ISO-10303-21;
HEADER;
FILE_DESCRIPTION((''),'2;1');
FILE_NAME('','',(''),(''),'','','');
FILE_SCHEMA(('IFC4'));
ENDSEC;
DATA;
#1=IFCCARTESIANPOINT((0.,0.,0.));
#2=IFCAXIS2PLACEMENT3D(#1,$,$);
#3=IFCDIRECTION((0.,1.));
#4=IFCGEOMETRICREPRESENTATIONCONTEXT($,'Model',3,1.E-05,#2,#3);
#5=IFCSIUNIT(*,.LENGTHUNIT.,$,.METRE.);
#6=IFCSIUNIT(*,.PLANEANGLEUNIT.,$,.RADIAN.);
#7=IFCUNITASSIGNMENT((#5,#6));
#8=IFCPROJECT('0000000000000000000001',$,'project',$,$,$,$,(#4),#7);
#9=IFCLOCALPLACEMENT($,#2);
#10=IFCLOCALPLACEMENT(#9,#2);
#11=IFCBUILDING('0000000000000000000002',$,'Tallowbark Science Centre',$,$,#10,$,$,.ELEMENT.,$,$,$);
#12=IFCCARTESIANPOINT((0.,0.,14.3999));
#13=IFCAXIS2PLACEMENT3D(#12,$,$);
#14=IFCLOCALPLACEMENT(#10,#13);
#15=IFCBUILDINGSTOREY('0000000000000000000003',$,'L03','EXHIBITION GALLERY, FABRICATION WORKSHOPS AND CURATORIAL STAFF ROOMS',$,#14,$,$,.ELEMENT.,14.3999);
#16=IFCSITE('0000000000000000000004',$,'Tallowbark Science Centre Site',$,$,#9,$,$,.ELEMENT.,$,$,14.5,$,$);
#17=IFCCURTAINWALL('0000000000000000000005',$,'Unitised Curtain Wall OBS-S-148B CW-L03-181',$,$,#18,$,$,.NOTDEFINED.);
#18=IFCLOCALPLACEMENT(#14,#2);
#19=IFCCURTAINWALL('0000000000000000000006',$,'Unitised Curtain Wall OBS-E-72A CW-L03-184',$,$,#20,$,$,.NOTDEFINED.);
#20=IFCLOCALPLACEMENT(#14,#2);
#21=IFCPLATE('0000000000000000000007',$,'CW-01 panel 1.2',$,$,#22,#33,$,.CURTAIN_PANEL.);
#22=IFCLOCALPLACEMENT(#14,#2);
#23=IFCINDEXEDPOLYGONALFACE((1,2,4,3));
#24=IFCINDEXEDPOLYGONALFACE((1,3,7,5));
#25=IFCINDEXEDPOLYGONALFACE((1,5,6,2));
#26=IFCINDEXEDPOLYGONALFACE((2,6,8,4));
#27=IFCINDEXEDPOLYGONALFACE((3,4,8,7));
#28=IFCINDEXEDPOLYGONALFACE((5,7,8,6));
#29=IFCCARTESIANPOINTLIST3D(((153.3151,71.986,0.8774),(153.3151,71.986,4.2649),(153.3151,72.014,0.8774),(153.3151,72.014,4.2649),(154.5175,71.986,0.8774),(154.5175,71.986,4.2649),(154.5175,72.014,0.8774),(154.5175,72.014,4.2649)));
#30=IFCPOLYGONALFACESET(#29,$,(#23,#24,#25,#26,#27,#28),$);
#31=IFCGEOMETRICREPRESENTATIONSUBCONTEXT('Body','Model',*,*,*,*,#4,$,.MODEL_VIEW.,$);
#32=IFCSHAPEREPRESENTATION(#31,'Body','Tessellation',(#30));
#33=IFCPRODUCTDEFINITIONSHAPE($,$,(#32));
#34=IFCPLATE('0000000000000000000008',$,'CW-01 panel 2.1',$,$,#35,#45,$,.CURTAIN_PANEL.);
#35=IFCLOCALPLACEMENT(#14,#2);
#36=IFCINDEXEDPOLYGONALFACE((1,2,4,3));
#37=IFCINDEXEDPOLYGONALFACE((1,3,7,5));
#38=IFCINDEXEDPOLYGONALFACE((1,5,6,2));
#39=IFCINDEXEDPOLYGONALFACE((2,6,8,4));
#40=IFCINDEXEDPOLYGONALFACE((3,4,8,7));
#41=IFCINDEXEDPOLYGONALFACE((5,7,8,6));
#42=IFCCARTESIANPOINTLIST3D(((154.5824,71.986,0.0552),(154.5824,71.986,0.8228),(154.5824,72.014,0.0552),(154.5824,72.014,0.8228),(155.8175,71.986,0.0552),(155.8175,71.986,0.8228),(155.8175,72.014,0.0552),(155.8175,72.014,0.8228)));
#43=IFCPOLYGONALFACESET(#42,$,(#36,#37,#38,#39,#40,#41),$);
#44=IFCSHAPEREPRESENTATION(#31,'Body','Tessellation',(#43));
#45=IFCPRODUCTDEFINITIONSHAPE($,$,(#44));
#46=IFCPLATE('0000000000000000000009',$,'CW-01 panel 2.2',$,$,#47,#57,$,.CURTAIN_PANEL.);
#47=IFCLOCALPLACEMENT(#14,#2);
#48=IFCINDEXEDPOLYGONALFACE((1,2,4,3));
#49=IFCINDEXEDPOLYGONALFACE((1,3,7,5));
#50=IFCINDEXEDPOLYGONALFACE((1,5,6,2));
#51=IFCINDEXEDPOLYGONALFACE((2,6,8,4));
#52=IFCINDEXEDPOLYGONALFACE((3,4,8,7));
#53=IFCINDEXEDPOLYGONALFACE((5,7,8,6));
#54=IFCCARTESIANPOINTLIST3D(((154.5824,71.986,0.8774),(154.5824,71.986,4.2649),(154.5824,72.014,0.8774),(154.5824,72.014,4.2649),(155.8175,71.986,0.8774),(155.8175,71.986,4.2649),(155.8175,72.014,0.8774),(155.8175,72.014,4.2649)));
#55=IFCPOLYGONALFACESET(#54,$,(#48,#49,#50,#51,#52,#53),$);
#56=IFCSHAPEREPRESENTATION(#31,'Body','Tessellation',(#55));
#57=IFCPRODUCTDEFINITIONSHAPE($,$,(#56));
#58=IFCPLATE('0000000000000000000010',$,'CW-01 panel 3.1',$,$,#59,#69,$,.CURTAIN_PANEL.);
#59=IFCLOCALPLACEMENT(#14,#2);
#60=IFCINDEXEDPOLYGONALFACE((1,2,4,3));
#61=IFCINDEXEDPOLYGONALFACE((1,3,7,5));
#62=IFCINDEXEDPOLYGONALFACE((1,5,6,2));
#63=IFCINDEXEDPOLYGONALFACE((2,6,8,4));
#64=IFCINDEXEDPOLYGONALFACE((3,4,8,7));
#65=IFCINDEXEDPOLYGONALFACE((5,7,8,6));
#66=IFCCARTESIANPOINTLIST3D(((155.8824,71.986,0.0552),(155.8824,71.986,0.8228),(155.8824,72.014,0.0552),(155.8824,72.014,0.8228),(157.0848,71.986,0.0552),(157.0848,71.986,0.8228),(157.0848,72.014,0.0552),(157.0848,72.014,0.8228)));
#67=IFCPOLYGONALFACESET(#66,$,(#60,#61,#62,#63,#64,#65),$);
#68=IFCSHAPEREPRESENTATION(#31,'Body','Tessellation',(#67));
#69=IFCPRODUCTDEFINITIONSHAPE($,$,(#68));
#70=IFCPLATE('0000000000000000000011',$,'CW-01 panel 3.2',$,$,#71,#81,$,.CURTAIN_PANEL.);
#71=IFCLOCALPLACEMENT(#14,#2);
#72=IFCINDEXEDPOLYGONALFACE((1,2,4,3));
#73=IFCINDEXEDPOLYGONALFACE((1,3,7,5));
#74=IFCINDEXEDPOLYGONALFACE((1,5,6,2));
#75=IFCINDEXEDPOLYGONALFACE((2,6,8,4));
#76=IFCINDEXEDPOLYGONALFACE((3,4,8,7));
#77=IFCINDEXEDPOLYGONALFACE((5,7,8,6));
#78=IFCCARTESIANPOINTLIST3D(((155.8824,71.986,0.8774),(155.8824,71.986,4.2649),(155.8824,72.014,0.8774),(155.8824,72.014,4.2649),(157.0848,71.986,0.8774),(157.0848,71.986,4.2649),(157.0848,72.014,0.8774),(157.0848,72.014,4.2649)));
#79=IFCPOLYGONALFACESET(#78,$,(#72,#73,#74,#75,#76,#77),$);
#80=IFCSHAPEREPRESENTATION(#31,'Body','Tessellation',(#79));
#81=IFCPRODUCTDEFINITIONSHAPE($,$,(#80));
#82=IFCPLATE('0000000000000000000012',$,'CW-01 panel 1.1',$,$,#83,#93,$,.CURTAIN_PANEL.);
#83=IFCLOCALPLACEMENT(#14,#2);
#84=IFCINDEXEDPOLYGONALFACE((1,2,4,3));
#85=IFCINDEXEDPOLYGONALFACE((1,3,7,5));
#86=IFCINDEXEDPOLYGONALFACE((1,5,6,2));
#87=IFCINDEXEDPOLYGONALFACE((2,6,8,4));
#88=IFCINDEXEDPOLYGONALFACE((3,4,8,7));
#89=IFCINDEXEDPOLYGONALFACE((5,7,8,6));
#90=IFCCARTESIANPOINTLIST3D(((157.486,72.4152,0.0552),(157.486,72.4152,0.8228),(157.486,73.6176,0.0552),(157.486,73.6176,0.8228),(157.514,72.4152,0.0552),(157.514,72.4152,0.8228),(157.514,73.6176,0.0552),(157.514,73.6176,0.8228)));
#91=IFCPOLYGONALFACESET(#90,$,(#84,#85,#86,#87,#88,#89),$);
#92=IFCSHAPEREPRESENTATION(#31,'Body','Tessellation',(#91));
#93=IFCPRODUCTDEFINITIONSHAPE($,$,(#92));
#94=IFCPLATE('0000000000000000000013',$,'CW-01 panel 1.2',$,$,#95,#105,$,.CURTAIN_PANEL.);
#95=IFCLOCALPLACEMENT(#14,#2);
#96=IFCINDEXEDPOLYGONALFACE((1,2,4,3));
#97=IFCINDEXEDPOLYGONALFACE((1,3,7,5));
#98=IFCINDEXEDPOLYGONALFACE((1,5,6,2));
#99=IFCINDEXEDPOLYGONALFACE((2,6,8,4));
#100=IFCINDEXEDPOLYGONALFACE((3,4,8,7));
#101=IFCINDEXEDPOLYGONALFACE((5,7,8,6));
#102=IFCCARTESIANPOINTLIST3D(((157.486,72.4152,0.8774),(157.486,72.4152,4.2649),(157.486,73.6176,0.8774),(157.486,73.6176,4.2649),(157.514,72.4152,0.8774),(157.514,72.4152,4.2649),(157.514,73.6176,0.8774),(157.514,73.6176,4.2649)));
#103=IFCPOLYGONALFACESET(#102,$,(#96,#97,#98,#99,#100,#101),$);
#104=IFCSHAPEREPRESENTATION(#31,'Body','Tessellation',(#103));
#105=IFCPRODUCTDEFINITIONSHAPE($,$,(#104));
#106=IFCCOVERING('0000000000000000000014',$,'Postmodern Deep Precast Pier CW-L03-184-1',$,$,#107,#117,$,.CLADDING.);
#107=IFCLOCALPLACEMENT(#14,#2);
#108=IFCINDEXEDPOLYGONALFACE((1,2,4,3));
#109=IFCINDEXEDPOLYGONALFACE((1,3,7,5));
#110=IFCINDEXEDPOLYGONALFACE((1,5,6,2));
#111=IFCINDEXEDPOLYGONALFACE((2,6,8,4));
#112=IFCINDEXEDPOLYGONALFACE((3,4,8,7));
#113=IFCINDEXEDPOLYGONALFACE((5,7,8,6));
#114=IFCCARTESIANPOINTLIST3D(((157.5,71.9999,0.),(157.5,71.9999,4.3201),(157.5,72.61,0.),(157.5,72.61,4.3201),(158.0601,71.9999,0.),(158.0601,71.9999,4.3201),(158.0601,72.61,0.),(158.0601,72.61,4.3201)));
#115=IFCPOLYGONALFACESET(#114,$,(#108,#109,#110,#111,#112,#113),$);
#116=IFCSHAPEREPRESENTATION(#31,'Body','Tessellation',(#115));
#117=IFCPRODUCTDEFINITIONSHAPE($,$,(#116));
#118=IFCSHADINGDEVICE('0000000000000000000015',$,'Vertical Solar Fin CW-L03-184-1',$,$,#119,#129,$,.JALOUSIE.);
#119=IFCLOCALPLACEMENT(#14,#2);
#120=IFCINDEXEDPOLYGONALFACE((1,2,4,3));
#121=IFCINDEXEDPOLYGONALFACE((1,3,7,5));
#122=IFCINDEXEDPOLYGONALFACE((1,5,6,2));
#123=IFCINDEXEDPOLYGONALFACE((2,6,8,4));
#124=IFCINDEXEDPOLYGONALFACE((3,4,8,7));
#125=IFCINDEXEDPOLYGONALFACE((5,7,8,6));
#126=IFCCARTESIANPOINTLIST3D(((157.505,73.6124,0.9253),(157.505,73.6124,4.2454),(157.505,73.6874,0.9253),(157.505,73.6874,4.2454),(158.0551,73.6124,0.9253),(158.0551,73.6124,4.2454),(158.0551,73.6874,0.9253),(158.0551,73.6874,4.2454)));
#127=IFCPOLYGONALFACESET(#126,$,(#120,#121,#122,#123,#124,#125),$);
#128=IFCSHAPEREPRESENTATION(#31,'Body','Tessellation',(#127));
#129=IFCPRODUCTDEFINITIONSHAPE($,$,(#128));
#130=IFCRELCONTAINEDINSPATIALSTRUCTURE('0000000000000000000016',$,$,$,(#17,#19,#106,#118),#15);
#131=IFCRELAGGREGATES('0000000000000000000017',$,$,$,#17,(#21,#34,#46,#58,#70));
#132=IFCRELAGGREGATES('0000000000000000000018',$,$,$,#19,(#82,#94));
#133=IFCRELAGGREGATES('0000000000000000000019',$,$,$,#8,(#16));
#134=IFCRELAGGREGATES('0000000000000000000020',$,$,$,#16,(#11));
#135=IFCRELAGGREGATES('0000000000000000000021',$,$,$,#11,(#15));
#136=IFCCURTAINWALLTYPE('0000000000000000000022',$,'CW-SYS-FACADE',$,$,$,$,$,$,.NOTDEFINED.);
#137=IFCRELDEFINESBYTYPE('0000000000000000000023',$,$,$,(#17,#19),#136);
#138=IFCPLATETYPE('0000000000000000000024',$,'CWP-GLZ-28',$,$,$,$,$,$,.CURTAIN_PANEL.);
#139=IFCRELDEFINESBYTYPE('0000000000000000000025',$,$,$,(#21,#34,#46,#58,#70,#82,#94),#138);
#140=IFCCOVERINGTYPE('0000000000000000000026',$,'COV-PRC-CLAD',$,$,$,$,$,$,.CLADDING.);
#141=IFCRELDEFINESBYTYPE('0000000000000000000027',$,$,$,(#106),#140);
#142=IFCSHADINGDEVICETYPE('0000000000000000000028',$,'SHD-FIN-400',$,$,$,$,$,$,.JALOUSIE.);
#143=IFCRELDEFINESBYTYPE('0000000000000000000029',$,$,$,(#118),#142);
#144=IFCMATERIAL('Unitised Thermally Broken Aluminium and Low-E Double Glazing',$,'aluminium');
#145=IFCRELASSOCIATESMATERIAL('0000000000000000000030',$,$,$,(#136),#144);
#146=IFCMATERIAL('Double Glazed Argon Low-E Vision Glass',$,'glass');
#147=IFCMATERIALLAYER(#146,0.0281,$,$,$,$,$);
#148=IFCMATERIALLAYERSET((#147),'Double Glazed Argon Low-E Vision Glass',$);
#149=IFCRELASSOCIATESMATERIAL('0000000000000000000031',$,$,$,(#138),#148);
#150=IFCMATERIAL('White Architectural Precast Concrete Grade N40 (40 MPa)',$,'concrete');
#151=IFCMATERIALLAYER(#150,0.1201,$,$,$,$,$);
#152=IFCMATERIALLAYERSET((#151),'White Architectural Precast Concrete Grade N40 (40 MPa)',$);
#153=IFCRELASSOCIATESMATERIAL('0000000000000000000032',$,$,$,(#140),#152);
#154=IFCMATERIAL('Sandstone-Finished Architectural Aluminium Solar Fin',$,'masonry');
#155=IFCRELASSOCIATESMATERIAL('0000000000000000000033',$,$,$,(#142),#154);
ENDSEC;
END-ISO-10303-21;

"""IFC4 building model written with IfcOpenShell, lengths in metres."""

from ifc_helpers import new_model, si_unit, direction, frame, origin, origin_2d, place, context, subcontext, project, spatial, rectangle, extrude, material, layer, layer_set, type_object, element, aggregate, save


model = new_model("IFC4")

# Units and contexts
model_context = context("Model", 3, precision=1e-05, world=origin(), true_north=direction((0.0, 1.0)))
body_context = subcontext(model_context, "Body", "Model", "MODEL_VIEW")
ifc_project = project(units=[si_unit("LENGTHUNIT", "METRE"), si_unit("PLANEANGLEUNIT", "RADIAN")], contexts=[model_context])

# Site, building, storey
site_placement = place(None, origin())
site = spatial("IfcSite", under=ifc_project, at=site_placement, Name="Tallowbark Science Centre Site", CompositionType="ELEMENT", RefElevation=14.5)
building_placement = place(site_placement, origin())
building = spatial("IfcBuilding", under=site, at=building_placement, Name="Tallowbark Science Centre", CompositionType="ELEMENT")
storey_placement = place(building_placement, frame((0.0, 0.0, 14.3999)))
storey = spatial("IfcBuildingStorey", under=building, at=storey_placement, Name="L03", Description="EXHIBITION GALLERY, FABRICATION WORKSHOPS AND CURATORIAL STAFF ROOMS", CompositionType="ELEMENT", Elevation=14.3999)

# Curtain walls
ifc_material_1 = material(Name="Unitised Thermally Broken Aluminium and Low-E Double Glazing", Category="aluminium")
curtain_wall_type = type_object("IfcCurtainWallType", Name="CW-SYS-FACADE", PredefinedType="NOTDEFINED", material=ifc_material_1)
curtain_wall_1_placement = place(storey_placement, origin())
curtain_wall_1 = element("IfcCurtainWall", 1, at=curtain_wall_1_placement, inside=storey, type_object=curtain_wall_type, Name="Unitised Curtain Wall OBS-S-148B CW-L03-181", PredefinedType="NOTDEFINED")
curtain_wall_2_placement = place(storey_placement, origin())
curtain_wall_2 = element("IfcCurtainWall", 2, at=curtain_wall_2_placement, inside=storey, type_object=curtain_wall_type, Name="Unitised Curtain Wall OBS-E-72A CW-L03-184", PredefinedType="NOTDEFINED")

# Plates
ifc_material_2 = material(Name="Double Glazed Argon Low-E Vision Glass", Category="glass")
ifc_layer_1 = layer(ifc_material_2, 0.0281)
ifc_layer_set_1 = layer_set([ifc_layer_1], Name="Double Glazed Argon Low-E Vision Glass")
plate_type = type_object("IfcPlateType", Name="CWP-GLZ-28", PredefinedType="CURTAIN_PANEL", material=ifc_layer_set_1)
plate_1_placement = place(storey_placement, frame((153.9163, 72.0, 0.8774), z_axis=(0.0, 0.0, 1.0), x_axis=(1.0, 0.0, 0.0)))
plate_1 = element("IfcPlate", 3, at=plate_1_placement, type_object=plate_type, Name="CW-01 panel 1.2", PredefinedType="CURTAIN_PANEL", context=body_context, shape_type="SweptSolid", body=[
    extrude(rectangle(XDim=1.2024, YDim=0.0281, at=origin_2d()), origin(), (0.0, 0.0, 1.0), 3.3875),
])
plate_2_placement = place(storey_placement, frame((155.2, 72.0, 0.0552), z_axis=(0.0, 0.0, 1.0), x_axis=(1.0, 0.0, 0.0)))
plate_2 = element("IfcPlate", 4, at=plate_2_placement, type_object=plate_type, Name="CW-01 panel 2.1", PredefinedType="CURTAIN_PANEL", context=body_context, shape_type="SweptSolid", body=[
    extrude(rectangle(XDim=1.2351, YDim=0.0281, at=origin_2d()), origin(), (0.0, 0.0, 1.0), 0.7676),
])
plate_3_placement = place(storey_placement, frame((155.2, 72.0, 0.8774), z_axis=(0.0, 0.0, 1.0), x_axis=(1.0, 0.0, 0.0)))
plate_3 = element("IfcPlate", 5, at=plate_3_placement, type_object=plate_type, Name="CW-01 panel 2.2", PredefinedType="CURTAIN_PANEL", context=body_context, shape_type="SweptSolid", body=[
    extrude(rectangle(XDim=1.2351, YDim=0.0281, at=origin_2d()), origin(), (0.0, 0.0, 1.0), 3.3875),
])
plate_4_placement = place(storey_placement, frame((156.4836, 72.0, 0.0552), z_axis=(0.0, 0.0, 1.0), x_axis=(1.0, 0.0, 0.0)))
plate_4 = element("IfcPlate", 6, at=plate_4_placement, type_object=plate_type, Name="CW-01 panel 3.1", PredefinedType="CURTAIN_PANEL", context=body_context, shape_type="SweptSolid", body=[
    extrude(rectangle(XDim=1.2024, YDim=0.0281, at=origin_2d()), origin(), (0.0, 0.0, 1.0), 0.7676),
])
plate_5_placement = place(storey_placement, frame((156.4836, 72.0, 0.8774), z_axis=(0.0, 0.0, 1.0), x_axis=(1.0, 0.0, 0.0)))
plate_5 = element("IfcPlate", 7, at=plate_5_placement, type_object=plate_type, Name="CW-01 panel 3.2", PredefinedType="CURTAIN_PANEL", context=body_context, shape_type="SweptSolid", body=[
    extrude(rectangle(XDim=1.2024, YDim=0.0281, at=origin_2d()), origin(), (0.0, 0.0, 1.0), 3.3875),
])
aggregate(curtain_wall_1, [plate_1, plate_2, plate_3, plate_4, plate_5])
plate_6_placement = place(storey_placement, frame((157.5, 73.0164, 0.0552), z_axis=(0.0, 0.0, 1.0), x_axis=(0.0, 1.0, 0.0)))
plate_6 = element("IfcPlate", 8, at=plate_6_placement, type_object=plate_type, Name="CW-01 panel 1.1", PredefinedType="CURTAIN_PANEL", context=body_context, shape_type="SweptSolid", body=[
    extrude(rectangle(XDim=1.2024, YDim=0.0281, at=origin_2d()), origin(), (0.0, 0.0, 1.0), 0.7676),
])
plate_7_placement = place(storey_placement, frame((157.5, 73.0164, 0.8774), z_axis=(0.0, 0.0, 1.0), x_axis=(0.0, 1.0, 0.0)))
plate_7 = element("IfcPlate", 9, at=plate_7_placement, type_object=plate_type, Name="CW-01 panel 1.2", PredefinedType="CURTAIN_PANEL", context=body_context, shape_type="SweptSolid", body=[
    extrude(rectangle(XDim=1.2024, YDim=0.0281, at=origin_2d()), origin(), (0.0, 0.0, 1.0), 3.3875),
])
aggregate(curtain_wall_2, [plate_6, plate_7])

# Covering
ifc_material_3 = material(Name="White Architectural Precast Concrete Grade N40 (40 MPa)", Category="concrete")
ifc_layer_2 = layer(ifc_material_3, 0.1201)
ifc_layer_set_2 = layer_set([ifc_layer_2], Name="White Architectural Precast Concrete Grade N40 (40 MPa)")
covering_type = type_object("IfcCoveringType", Name="COV-PRC-CLAD", PredefinedType="CLADDING", material=ifc_layer_set_2)
covering_placement = place(storey_placement, frame((157.78, 72.3049, 0.0), z_axis=(0.0, 0.0, 1.0), x_axis=(0.0, 1.0, 0.0)))
element("IfcCovering", 10, at=covering_placement, inside=storey, type_object=covering_type, Name="Postmodern Deep Precast Pier CW-L03-184-1", PredefinedType="CLADDING", context=body_context, shape_type="SweptSolid", body=[
    extrude(rectangle(XDim=0.6101, YDim=0.5601, at=origin_2d()), origin(), (0.0, 0.0, 1.0), 4.3201),
])

# Shading device
ifc_material_4 = material(Name="Sandstone-Finished Architectural Aluminium Solar Fin", Category="masonry")
shading_device_type = type_object("IfcShadingDeviceType", Name="SHD-FIN-400", PredefinedType="JALOUSIE", material=ifc_material_4)
shading_device_placement = place(storey_placement, frame((157.78, 73.6499, 0.9253), z_axis=(0.0, 0.0, 1.0), x_axis=(0.0, 1.0, 0.0)))
element("IfcShadingDevice", 11, at=shading_device_placement, inside=storey, type_object=shading_device_type, Name="Vertical Solar Fin CW-L03-184-1", PredefinedType="JALOUSIE", context=body_context, shape_type="SweptSolid", body=[
    extrude(rectangle(XDim=0.075, YDim=0.55, at=origin_2d()), origin(), (0.0, 0.0, 1.0), 3.3201),
])

save(model, "model.ifc")
